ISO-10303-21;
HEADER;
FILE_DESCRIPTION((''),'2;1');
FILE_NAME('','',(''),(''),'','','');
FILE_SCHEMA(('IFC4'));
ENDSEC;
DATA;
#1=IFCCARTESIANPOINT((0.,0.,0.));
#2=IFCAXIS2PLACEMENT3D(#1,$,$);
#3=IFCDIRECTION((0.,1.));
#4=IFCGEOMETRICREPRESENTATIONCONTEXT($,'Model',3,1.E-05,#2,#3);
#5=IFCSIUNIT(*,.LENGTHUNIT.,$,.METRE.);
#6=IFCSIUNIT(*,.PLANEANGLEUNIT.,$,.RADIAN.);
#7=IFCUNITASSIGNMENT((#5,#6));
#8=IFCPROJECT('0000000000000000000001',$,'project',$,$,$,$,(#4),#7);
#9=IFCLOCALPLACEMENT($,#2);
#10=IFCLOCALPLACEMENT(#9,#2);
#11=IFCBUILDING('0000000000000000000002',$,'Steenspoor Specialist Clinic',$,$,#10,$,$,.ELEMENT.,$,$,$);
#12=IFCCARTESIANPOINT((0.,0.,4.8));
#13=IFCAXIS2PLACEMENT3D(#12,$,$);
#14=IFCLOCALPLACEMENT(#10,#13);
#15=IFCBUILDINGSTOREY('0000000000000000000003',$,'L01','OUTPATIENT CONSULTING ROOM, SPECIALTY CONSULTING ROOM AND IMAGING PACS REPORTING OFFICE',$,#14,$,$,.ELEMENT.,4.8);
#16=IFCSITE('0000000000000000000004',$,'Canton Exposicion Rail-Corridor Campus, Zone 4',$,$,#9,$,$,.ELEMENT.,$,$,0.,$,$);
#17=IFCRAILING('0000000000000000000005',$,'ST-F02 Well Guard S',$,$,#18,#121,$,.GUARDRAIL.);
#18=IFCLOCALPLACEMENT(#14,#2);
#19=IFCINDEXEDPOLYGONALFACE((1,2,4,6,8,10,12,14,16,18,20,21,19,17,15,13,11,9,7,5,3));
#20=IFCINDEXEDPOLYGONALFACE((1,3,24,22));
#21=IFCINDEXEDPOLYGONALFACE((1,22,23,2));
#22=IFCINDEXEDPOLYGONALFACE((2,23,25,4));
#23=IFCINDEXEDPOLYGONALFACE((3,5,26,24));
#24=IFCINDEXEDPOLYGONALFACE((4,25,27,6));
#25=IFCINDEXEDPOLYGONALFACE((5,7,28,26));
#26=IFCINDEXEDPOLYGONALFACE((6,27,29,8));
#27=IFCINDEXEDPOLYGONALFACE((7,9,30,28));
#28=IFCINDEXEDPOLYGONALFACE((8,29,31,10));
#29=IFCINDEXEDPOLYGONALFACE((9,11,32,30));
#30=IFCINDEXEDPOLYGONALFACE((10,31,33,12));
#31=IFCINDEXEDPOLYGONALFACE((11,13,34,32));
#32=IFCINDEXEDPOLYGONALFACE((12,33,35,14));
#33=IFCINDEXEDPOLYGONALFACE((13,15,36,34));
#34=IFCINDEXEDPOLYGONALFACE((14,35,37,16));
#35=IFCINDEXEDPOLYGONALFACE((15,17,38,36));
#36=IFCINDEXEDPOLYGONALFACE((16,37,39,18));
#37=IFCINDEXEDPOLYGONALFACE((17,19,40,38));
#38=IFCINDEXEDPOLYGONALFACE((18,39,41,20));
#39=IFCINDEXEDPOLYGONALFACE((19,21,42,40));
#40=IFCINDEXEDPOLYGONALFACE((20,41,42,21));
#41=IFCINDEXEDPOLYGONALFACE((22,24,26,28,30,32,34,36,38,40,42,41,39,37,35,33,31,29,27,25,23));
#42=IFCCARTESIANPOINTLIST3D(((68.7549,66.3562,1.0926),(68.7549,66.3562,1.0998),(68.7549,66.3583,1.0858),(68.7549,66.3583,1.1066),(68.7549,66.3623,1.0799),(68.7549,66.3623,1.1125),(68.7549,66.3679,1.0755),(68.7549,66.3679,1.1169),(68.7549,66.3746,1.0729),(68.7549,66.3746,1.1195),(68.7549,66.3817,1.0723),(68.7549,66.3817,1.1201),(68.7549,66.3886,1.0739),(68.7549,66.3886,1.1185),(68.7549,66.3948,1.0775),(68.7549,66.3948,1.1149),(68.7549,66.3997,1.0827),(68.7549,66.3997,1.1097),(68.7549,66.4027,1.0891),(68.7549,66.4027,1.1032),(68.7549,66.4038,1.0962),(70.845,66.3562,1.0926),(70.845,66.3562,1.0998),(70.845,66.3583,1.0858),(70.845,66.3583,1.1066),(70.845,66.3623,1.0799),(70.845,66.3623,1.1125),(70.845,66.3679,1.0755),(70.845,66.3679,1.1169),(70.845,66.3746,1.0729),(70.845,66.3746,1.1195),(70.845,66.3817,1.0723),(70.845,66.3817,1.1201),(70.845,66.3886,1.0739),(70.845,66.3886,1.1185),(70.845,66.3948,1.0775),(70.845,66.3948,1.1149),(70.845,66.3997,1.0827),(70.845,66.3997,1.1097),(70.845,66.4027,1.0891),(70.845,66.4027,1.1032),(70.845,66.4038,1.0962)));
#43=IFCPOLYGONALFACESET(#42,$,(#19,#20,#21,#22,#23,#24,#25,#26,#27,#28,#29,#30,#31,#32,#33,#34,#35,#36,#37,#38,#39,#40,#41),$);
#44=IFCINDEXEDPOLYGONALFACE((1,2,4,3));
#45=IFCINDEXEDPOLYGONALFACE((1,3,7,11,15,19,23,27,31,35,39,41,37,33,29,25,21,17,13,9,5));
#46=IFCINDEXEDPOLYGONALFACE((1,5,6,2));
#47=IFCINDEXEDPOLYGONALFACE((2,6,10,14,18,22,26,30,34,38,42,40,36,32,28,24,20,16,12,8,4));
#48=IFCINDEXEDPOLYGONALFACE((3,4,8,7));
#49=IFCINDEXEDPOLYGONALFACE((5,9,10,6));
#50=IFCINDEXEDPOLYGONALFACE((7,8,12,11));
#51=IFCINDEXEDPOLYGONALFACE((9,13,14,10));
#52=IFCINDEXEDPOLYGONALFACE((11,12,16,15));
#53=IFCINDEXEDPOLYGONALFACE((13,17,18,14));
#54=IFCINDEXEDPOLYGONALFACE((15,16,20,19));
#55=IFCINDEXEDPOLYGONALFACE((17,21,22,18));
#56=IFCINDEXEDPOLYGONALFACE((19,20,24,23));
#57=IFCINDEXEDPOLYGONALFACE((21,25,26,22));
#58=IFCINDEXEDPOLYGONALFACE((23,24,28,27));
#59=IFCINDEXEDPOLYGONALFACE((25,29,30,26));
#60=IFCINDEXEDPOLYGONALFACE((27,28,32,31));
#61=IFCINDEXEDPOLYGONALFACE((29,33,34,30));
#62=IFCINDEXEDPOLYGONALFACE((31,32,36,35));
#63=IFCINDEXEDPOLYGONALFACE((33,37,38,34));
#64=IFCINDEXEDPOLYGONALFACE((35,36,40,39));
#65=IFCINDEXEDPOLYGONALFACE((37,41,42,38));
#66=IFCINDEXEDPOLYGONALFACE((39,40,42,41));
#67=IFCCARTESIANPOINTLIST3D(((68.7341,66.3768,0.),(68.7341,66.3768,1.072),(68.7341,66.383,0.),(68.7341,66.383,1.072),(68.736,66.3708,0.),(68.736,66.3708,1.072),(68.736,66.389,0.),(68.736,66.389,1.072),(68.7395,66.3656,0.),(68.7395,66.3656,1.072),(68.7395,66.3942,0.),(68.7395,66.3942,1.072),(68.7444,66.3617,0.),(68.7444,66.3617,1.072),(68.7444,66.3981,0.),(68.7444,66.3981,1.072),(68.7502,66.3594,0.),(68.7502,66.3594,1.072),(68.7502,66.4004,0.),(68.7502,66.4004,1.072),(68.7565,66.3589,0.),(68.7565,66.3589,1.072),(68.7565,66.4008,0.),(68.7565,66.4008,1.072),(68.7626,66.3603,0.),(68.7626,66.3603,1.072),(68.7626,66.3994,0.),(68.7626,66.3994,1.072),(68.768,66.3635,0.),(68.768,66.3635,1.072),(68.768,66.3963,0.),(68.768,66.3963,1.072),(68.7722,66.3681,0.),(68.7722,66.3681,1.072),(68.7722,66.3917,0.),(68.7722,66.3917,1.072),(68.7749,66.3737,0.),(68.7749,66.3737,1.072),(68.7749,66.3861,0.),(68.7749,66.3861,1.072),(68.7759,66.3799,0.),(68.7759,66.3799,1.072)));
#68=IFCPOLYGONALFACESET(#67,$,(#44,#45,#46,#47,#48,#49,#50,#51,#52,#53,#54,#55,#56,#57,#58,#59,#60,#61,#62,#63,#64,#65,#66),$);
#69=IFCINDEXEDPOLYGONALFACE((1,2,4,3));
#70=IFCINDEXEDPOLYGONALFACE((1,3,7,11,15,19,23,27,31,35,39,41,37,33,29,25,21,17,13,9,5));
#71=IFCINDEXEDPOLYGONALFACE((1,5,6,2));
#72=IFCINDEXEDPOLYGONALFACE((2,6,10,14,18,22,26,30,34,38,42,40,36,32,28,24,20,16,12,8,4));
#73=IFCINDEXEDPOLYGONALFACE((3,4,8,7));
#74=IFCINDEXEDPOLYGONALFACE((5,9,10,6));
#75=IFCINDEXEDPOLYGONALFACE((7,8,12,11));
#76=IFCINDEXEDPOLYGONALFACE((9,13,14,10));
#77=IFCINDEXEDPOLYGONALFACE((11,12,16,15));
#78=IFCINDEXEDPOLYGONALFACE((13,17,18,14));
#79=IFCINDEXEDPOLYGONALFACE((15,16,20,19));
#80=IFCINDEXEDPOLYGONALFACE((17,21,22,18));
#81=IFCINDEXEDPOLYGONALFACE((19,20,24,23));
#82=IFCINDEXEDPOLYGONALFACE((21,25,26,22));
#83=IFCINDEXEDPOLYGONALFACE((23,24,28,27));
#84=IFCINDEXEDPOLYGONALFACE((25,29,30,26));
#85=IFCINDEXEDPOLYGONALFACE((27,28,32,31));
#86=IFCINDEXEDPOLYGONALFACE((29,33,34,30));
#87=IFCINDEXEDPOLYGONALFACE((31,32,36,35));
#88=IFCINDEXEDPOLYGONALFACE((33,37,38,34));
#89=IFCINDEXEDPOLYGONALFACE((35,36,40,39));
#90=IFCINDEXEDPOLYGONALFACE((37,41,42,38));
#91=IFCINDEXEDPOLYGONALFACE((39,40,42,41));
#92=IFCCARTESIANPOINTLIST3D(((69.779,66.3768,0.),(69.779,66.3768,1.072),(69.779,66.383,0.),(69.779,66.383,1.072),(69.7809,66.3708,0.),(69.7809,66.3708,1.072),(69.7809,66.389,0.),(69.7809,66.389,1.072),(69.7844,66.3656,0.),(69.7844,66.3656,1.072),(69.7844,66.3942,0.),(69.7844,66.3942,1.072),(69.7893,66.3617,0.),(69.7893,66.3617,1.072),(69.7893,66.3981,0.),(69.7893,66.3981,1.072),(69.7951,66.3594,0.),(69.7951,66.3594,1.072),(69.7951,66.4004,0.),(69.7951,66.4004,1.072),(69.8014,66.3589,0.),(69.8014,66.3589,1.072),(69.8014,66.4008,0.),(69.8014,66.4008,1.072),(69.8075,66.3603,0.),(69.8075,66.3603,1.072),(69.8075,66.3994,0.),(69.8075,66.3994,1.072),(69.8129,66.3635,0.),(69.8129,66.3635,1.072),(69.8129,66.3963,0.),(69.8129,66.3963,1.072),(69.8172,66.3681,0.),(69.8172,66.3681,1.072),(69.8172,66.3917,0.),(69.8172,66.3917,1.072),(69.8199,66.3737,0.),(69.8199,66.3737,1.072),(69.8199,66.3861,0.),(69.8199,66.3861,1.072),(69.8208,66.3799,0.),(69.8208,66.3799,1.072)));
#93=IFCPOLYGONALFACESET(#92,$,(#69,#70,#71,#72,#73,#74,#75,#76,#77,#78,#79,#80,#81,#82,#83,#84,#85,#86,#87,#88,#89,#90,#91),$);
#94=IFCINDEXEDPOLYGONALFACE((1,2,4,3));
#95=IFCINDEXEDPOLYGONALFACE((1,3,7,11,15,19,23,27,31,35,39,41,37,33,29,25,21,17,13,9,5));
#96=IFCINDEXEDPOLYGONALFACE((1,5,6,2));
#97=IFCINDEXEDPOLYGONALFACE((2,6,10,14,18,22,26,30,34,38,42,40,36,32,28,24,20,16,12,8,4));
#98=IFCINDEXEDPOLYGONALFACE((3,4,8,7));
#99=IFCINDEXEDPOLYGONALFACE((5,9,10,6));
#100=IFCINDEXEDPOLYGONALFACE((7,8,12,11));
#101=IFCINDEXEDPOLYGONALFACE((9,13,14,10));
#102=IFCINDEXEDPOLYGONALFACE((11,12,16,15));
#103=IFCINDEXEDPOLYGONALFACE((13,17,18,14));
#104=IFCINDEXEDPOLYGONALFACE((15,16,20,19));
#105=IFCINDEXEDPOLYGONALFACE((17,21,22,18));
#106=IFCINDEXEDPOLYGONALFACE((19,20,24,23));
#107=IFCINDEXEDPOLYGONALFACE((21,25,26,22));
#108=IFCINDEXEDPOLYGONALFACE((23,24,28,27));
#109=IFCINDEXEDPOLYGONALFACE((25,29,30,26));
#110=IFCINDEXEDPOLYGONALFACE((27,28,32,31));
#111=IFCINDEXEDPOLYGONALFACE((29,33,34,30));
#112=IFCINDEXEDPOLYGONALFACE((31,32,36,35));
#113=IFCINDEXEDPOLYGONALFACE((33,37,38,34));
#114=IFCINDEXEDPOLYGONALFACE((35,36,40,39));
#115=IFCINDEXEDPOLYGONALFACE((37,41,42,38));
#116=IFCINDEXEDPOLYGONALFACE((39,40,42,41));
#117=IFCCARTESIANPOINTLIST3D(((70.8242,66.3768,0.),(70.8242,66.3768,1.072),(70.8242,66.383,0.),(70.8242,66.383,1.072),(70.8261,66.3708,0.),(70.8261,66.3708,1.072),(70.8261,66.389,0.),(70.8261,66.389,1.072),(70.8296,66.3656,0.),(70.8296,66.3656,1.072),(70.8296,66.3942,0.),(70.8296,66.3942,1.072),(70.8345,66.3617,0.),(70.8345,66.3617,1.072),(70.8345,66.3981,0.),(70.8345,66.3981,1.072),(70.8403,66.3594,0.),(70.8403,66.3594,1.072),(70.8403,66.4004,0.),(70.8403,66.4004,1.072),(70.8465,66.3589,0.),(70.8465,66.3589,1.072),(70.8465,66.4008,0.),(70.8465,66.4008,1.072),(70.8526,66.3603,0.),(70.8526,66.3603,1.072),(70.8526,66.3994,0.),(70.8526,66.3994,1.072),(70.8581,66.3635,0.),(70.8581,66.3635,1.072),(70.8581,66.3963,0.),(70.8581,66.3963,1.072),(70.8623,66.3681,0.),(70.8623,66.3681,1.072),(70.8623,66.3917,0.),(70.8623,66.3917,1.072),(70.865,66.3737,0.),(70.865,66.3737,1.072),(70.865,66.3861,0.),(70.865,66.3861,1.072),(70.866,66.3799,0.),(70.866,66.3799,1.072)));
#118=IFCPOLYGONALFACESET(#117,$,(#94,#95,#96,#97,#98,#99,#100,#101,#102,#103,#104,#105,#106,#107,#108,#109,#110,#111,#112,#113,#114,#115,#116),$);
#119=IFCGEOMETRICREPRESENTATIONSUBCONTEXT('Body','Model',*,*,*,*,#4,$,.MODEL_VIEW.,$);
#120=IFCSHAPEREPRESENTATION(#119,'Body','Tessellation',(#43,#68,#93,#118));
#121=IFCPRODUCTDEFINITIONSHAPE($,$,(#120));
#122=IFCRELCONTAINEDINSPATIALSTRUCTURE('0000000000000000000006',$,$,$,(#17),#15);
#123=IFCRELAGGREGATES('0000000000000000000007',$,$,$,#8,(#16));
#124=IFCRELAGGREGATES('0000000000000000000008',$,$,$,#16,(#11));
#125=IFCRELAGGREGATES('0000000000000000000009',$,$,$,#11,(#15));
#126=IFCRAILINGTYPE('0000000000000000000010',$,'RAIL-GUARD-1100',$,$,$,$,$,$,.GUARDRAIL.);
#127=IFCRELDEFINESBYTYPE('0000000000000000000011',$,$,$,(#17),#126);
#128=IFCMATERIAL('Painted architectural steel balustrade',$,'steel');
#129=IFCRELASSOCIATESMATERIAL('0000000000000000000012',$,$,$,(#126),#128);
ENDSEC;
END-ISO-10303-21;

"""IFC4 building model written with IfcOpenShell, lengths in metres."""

from ifc_helpers import new_model, si_unit, direction, frame, origin, origin_2d, place, context, subcontext, project, spatial, circle, extrude, material, type_object, element, save


model = new_model("IFC4")

# Units and contexts
model_context = context("Model", 3, precision=1e-05, world=origin(), true_north=direction((0.0, 1.0)))
body_context = subcontext(model_context, "Body", "Model", "MODEL_VIEW")
ifc_project = project(units=[si_unit("LENGTHUNIT", "METRE"), si_unit("PLANEANGLEUNIT", "RADIAN")], contexts=[model_context])

# Site, building, storey
site_placement = place(None, origin())
site = spatial("IfcSite", under=ifc_project, at=site_placement, Name="Canton Exposicion Rail-Corridor Campus, Zone 4", CompositionType="ELEMENT", RefElevation=0.0)
building_placement = place(site_placement, origin())
building = spatial("IfcBuilding", under=site, at=building_placement, Name="Steenspoor Specialist Clinic", CompositionType="ELEMENT")
storey_placement = place(building_placement, frame((0.0, 0.0, 4.8)))
storey = spatial("IfcBuildingStorey", under=building, at=storey_placement, Name="L01", Description="OUTPATIENT CONSULTING ROOM, SPECIALTY CONSULTING ROOM AND IMAGING PACS REPORTING OFFICE", CompositionType="ELEMENT", Elevation=4.8)

# Railing
ifc_material_1 = material(Name="Painted architectural steel balustrade", Category="steel")
railing_type = type_object("IfcRailingType", Name="RAIL-GUARD-1100", PredefinedType="GUARDRAIL", material=ifc_material_1)
railing_1_placement = place(storey_placement, frame((68.7549, 66.3799, 0.0)))
element("IfcRailing", 1, at=railing_1_placement, inside=storey, type_object=railing_type, Name="ST-F02 Well Guard S", PredefinedType="GUARDRAIL", context=body_context, shape_type="SweptSolid", body=[
    extrude(circle(Radius=0.0239, at=origin_2d()), frame((0.0, 0.0, 1.0962), z_axis=(1.0, 0.0, 0.0), x_axis=(0.0, 1.0, 0.0)), (0.0, 0.0, 1.0), 2.0901),
    extrude(circle(Radius=0.021, at=origin_2d()), origin(), (0.0, 0.0, 1.0), 1.072),
    extrude(circle(Radius=0.021, at=origin_2d()), frame((1.0449, 0.0, 0.0)), (0.0, 0.0, 1.0), 1.072),
    extrude(circle(Radius=0.021, at=origin_2d()), frame((2.0901, 0.0, 0.0)), (0.0, 0.0, 1.0), 1.072),
])

save(model, "model.ifc")
